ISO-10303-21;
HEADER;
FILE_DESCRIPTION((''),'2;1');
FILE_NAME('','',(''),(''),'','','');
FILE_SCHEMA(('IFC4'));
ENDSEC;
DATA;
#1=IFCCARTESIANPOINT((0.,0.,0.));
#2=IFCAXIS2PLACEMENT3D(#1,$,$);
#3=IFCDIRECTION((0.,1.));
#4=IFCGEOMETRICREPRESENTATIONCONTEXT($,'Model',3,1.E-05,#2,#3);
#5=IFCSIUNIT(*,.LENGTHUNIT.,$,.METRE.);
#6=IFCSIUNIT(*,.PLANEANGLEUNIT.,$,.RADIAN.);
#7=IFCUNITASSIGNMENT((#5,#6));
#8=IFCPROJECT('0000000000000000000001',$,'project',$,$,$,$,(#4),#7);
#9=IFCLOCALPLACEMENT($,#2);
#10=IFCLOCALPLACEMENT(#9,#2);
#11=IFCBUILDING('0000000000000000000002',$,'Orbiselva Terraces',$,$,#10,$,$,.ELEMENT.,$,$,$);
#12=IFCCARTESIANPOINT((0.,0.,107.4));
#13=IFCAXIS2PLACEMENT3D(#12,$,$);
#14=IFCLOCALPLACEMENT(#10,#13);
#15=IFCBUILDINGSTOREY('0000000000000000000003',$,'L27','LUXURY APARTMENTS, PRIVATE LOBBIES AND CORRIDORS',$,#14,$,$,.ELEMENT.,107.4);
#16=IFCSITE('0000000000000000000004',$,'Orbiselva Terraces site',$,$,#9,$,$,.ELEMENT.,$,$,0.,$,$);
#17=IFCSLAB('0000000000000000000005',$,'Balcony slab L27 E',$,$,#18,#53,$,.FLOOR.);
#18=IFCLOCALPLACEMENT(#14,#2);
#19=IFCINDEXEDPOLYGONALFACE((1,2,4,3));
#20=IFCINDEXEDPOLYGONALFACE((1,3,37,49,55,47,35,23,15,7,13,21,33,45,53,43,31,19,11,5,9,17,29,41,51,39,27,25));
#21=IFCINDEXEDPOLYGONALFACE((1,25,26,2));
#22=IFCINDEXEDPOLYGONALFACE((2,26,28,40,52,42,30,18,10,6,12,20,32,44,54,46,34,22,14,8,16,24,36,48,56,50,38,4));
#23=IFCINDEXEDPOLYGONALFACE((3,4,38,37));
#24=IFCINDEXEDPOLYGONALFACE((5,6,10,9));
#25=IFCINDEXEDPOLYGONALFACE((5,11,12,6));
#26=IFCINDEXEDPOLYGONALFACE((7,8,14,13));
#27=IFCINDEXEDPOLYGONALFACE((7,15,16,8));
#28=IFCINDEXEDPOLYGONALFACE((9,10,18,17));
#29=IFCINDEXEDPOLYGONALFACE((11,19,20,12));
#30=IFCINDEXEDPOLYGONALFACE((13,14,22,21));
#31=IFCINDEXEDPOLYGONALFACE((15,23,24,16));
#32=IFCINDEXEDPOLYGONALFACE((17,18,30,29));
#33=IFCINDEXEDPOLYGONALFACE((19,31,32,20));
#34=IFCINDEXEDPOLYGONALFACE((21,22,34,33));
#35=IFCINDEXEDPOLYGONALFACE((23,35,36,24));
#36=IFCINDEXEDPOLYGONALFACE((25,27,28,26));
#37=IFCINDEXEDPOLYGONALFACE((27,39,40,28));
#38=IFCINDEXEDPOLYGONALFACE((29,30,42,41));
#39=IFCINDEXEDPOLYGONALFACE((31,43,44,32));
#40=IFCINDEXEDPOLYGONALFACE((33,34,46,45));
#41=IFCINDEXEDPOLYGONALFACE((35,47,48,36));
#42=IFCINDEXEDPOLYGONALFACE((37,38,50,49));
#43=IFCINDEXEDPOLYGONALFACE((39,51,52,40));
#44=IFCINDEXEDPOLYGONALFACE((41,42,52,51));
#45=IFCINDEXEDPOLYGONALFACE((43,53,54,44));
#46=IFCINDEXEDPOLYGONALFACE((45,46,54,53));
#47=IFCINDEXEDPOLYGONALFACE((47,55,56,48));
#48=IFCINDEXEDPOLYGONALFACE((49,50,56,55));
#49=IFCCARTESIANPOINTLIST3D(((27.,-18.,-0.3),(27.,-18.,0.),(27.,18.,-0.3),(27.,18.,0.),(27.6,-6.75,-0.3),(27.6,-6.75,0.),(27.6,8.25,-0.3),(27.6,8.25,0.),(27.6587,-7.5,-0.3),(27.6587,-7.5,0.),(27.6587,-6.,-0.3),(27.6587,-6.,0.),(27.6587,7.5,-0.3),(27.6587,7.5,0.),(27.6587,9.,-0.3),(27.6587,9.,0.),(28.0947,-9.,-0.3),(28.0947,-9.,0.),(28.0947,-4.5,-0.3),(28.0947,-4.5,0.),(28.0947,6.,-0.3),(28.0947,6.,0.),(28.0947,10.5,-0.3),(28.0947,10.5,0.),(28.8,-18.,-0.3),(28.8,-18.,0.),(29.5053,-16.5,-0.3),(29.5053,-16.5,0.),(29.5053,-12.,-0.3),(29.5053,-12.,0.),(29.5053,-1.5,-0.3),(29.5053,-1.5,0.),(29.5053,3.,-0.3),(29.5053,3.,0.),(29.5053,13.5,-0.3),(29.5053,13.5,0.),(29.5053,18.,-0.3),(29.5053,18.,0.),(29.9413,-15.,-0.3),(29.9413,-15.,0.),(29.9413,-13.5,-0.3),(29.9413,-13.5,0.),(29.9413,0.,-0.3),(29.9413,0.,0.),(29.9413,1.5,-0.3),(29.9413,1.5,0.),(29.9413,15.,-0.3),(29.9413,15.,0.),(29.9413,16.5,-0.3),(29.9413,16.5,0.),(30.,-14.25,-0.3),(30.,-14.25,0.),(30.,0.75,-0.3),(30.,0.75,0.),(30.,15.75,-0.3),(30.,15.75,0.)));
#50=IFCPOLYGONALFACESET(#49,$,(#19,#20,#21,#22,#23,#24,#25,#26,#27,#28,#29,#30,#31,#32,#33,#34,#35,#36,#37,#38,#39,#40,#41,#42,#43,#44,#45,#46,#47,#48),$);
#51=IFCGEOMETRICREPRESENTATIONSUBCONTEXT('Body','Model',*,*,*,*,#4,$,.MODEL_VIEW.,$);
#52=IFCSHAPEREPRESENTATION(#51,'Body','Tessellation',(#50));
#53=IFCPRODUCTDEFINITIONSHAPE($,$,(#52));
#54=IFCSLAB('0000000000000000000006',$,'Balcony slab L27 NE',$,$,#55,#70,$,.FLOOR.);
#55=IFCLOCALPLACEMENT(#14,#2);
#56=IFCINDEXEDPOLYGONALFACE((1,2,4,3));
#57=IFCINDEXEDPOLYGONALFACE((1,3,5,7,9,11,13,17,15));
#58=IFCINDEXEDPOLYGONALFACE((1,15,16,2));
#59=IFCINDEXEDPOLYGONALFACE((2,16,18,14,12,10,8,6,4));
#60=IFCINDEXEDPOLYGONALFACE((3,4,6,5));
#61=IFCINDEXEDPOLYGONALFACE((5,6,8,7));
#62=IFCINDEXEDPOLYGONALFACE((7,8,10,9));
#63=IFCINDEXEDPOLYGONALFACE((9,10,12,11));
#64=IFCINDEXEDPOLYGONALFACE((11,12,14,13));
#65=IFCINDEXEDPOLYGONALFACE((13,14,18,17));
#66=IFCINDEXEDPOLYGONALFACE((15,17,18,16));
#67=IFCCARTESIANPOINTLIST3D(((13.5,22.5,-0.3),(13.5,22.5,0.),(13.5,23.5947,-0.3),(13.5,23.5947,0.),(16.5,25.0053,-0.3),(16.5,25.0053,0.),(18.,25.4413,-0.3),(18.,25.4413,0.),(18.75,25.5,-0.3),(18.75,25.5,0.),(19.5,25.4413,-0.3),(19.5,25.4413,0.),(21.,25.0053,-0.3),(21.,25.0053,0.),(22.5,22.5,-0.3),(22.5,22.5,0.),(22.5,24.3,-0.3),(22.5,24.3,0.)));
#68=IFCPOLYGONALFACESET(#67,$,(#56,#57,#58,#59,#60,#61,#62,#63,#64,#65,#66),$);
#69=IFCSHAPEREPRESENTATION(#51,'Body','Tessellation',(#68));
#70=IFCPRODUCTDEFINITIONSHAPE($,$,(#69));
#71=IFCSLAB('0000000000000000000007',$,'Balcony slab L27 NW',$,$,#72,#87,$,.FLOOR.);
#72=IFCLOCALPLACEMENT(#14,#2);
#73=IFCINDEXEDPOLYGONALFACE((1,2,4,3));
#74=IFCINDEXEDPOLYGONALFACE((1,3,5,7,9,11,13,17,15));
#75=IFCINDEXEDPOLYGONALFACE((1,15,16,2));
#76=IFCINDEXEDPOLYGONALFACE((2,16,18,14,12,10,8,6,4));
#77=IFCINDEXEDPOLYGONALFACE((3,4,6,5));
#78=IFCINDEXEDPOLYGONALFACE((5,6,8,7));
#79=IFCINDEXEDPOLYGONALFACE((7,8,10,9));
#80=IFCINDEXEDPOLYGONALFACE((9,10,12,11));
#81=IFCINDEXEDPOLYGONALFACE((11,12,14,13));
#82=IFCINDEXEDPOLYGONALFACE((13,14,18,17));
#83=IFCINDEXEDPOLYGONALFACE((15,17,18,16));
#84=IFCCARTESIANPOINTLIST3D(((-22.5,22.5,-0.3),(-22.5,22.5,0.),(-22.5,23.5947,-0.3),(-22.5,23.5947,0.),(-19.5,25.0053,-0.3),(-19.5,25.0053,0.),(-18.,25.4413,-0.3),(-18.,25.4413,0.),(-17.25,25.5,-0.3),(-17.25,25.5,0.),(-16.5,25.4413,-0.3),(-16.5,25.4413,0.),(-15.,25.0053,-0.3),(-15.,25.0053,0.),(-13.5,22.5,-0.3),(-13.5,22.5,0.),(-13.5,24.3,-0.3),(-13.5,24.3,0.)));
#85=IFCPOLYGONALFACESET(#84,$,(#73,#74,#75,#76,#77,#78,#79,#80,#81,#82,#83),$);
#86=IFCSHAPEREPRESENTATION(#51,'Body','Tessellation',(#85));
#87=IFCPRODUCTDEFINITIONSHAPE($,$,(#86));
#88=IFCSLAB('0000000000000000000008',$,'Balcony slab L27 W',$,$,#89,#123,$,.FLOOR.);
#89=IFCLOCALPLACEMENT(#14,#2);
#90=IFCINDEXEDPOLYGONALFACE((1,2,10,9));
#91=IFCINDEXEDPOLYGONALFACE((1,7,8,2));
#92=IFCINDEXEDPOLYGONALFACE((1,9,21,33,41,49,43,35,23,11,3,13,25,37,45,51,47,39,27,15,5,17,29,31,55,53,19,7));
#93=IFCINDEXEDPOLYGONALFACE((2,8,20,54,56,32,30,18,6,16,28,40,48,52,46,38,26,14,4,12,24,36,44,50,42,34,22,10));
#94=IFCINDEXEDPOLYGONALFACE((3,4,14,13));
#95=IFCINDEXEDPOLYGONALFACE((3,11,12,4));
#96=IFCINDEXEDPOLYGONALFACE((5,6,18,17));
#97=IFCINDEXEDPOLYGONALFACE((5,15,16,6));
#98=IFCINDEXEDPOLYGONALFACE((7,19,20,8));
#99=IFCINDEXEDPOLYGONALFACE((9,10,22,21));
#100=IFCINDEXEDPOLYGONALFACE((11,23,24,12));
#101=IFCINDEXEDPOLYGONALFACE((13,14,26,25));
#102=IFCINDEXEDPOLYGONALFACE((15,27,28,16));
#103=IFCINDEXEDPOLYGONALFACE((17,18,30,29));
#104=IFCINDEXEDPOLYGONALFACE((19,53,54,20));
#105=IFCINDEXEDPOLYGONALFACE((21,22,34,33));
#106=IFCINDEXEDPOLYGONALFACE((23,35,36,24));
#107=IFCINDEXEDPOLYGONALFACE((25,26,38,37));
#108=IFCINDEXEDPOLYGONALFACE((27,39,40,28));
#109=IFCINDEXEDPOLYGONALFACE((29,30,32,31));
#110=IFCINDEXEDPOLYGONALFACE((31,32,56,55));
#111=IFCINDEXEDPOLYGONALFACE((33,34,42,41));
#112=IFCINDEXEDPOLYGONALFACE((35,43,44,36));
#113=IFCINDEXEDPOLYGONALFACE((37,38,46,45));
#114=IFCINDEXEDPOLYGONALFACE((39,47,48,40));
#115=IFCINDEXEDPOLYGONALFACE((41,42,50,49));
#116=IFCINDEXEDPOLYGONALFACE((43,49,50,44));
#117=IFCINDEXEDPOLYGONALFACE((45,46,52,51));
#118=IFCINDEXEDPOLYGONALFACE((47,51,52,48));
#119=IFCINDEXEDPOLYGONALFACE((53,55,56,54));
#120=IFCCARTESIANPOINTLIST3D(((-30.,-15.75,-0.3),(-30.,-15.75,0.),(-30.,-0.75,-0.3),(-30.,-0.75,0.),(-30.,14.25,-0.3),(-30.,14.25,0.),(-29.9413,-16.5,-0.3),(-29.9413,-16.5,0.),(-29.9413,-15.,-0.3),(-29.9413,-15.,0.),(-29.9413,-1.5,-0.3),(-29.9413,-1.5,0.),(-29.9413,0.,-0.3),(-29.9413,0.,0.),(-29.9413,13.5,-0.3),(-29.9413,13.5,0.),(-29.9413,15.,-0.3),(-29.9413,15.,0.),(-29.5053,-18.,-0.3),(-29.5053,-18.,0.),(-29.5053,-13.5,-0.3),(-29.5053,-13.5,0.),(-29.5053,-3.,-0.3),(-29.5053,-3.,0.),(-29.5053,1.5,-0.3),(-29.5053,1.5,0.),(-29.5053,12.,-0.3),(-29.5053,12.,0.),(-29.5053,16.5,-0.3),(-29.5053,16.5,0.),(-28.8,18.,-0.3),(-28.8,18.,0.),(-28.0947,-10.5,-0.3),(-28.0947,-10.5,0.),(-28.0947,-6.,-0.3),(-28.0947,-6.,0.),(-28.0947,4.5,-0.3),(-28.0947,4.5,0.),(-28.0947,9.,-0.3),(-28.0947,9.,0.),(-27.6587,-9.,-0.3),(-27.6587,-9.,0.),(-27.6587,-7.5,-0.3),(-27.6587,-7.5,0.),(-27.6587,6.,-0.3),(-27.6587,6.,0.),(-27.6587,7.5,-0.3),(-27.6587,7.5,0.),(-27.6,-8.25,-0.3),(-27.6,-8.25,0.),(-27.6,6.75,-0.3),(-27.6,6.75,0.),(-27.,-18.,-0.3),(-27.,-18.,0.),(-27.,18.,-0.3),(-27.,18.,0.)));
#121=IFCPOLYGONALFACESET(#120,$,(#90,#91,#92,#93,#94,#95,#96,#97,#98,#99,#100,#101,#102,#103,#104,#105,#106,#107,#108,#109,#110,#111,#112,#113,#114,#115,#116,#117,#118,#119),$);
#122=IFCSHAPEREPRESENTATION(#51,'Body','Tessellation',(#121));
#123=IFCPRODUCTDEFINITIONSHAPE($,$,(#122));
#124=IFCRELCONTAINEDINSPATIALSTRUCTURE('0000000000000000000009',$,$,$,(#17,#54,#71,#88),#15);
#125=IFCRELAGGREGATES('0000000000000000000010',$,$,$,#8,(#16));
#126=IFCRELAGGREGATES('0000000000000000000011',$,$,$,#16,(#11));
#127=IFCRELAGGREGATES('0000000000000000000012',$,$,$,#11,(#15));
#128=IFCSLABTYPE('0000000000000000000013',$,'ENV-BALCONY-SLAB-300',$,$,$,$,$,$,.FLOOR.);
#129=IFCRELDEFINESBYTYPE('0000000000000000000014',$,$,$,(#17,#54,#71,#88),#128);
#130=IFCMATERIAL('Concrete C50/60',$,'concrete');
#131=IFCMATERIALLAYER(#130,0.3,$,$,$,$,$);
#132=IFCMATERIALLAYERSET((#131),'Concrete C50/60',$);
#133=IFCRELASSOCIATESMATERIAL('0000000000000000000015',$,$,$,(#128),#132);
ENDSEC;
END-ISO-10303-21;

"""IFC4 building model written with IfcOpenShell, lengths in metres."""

from ifc_helpers import new_model, si_unit, direction, frame, origin, place, context, subcontext, project, spatial, polyline, outline, extrude, material, layer, layer_set, type_object, element, save


model = new_model("IFC4")

# Units and contexts
model_context = context("Model", 3, precision=1e-05, world=origin(), true_north=direction((0.0, 1.0)))
body_context = subcontext(model_context, "Body", "Model", "MODEL_VIEW")
ifc_project = project(units=[si_unit("LENGTHUNIT", "METRE"), si_unit("PLANEANGLEUNIT", "RADIAN")], contexts=[model_context])

# Site, building, storey
site_placement = place(None, origin())
site = spatial("IfcSite", under=ifc_project, at=site_placement, Name="Orbiselva Terraces site", CompositionType="ELEMENT", RefElevation=0.0)
building_placement = place(site_placement, origin())
building = spatial("IfcBuilding", under=site, at=building_placement, Name="Orbiselva Terraces", CompositionType="ELEMENT")
storey_placement = place(building_placement, frame((0.0, 0.0, 107.4)))
storey = spatial("IfcBuildingStorey", under=building, at=storey_placement, Name="L27", Description="LUXURY APARTMENTS, PRIVATE LOBBIES AND CORRIDORS", CompositionType="ELEMENT", Elevation=107.4)

# Slabs
ifc_material_1 = material(Name="Concrete C50/60", Category="concrete")
ifc_layer_1 = layer(ifc_material_1, 0.3)
ifc_layer_set_1 = layer_set([ifc_layer_1], Name="Concrete C50/60")
slab_type_1 = type_object("IfcSlabType", Name="ENV-BALCONY-SLAB-300", PredefinedType="FLOOR", material=ifc_layer_set_1)
slab_1_placement = place(storey_placement, frame((0.0, 0.0, -0.3)))
element("IfcSlab", 1, at=slab_1_placement, inside=storey, type_object=slab_type_1, Name="Balcony slab L27 E", PredefinedType="FLOOR", context=body_context, shape_type="SweptSolid", body=[
    extrude(outline(polyline([(28.8, -18.0), (29.5053, -16.5), (29.9413, -15.0), (30.0, -14.25), (29.9413, -13.5), (29.5053, -12.0), (28.0947, -9.0), (27.6587, -7.5), (27.6, -6.75), (27.6587, -6.0), (28.0947, -4.5), (29.5053, -1.5), (29.9413, 0.0), (30.0, 0.75), (29.9413, 1.5), (29.5053, 3.0), (28.0947, 6.0), (27.6587, 7.5), (27.6, 8.25), (27.6587, 9.0), (28.0947, 10.5), (29.5053, 13.5), (29.9413, 15.0), (30.0, 15.75), (29.9413, 16.5), (29.5053, 18.0), (27.0, 18.0), (27.0, -18.0), (28.8, -18.0)])), origin(), (0.0, 0.0, 1.0), 0.3),
])
slab_2_placement = place(storey_placement, frame((0.0, 0.0, -0.3)))
element("IfcSlab", 2, at=slab_2_placement, inside=storey, type_object=slab_type_1, Name="Balcony slab L27 NE", PredefinedType="FLOOR", context=body_context, shape_type="SweptSolid", body=[
    extrude(outline(polyline([(22.5, 24.3), (21.0, 25.0053), (19.5, 25.4413), (18.75, 25.5), (18.0, 25.4413), (16.5, 25.0053), (13.5, 23.5947), (13.5, 22.5), (22.5, 22.5), (22.5, 24.3)])), origin(), (0.0, 0.0, 1.0), 0.3),
])
slab_3_placement = place(storey_placement, frame((0.0, 0.0, -0.3)))
element("IfcSlab", 3, at=slab_3_placement, inside=storey, type_object=slab_type_1, Name="Balcony slab L27 NW", PredefinedType="FLOOR", context=body_context, shape_type="SweptSolid", body=[
    extrude(outline(polyline([(-13.5, 24.3), (-15.0, 25.0053), (-16.5, 25.4413), (-17.25, 25.5), (-18.0, 25.4413), (-19.5, 25.0053), (-22.5, 23.5947), (-22.5, 22.5), (-13.5, 22.5), (-13.5, 24.3)])), origin(), (0.0, 0.0, 1.0), 0.3),
])
slab_4_placement = place(storey_placement, frame((0.0, 0.0, -0.3)))
element("IfcSlab", 4, at=slab_4_placement, inside=storey, type_object=slab_type_1, Name="Balcony slab L27 W", PredefinedType="FLOOR", context=body_context, shape_type="SweptSolid", body=[
    extrude(outline(polyline([(-28.8, 18.0), (-29.5053, 16.5), (-29.9413, 15.0), (-30.0, 14.25), (-29.9413, 13.5), (-29.5053, 12.0), (-28.0947, 9.0), (-27.6587, 7.5), (-27.6, 6.75), (-27.6587, 6.0), (-28.0947, 4.5), (-29.5053, 1.5), (-29.9413, 0.0), (-30.0, -0.75), (-29.9413, -1.5), (-29.5053, -3.0), (-28.0947, -6.0), (-27.6587, -7.5), (-27.6, -8.25), (-27.6587, -9.0), (-28.0947, -10.5), (-29.5053, -13.5), (-29.9413, -15.0), (-30.0, -15.75), (-29.9413, -16.5), (-29.5053, -18.0), (-27.0, -18.0), (-27.0, 18.0), (-28.8, 18.0)])), origin(), (0.0, 0.0, 1.0), 0.3),
])

save(model, "model.ifc")
